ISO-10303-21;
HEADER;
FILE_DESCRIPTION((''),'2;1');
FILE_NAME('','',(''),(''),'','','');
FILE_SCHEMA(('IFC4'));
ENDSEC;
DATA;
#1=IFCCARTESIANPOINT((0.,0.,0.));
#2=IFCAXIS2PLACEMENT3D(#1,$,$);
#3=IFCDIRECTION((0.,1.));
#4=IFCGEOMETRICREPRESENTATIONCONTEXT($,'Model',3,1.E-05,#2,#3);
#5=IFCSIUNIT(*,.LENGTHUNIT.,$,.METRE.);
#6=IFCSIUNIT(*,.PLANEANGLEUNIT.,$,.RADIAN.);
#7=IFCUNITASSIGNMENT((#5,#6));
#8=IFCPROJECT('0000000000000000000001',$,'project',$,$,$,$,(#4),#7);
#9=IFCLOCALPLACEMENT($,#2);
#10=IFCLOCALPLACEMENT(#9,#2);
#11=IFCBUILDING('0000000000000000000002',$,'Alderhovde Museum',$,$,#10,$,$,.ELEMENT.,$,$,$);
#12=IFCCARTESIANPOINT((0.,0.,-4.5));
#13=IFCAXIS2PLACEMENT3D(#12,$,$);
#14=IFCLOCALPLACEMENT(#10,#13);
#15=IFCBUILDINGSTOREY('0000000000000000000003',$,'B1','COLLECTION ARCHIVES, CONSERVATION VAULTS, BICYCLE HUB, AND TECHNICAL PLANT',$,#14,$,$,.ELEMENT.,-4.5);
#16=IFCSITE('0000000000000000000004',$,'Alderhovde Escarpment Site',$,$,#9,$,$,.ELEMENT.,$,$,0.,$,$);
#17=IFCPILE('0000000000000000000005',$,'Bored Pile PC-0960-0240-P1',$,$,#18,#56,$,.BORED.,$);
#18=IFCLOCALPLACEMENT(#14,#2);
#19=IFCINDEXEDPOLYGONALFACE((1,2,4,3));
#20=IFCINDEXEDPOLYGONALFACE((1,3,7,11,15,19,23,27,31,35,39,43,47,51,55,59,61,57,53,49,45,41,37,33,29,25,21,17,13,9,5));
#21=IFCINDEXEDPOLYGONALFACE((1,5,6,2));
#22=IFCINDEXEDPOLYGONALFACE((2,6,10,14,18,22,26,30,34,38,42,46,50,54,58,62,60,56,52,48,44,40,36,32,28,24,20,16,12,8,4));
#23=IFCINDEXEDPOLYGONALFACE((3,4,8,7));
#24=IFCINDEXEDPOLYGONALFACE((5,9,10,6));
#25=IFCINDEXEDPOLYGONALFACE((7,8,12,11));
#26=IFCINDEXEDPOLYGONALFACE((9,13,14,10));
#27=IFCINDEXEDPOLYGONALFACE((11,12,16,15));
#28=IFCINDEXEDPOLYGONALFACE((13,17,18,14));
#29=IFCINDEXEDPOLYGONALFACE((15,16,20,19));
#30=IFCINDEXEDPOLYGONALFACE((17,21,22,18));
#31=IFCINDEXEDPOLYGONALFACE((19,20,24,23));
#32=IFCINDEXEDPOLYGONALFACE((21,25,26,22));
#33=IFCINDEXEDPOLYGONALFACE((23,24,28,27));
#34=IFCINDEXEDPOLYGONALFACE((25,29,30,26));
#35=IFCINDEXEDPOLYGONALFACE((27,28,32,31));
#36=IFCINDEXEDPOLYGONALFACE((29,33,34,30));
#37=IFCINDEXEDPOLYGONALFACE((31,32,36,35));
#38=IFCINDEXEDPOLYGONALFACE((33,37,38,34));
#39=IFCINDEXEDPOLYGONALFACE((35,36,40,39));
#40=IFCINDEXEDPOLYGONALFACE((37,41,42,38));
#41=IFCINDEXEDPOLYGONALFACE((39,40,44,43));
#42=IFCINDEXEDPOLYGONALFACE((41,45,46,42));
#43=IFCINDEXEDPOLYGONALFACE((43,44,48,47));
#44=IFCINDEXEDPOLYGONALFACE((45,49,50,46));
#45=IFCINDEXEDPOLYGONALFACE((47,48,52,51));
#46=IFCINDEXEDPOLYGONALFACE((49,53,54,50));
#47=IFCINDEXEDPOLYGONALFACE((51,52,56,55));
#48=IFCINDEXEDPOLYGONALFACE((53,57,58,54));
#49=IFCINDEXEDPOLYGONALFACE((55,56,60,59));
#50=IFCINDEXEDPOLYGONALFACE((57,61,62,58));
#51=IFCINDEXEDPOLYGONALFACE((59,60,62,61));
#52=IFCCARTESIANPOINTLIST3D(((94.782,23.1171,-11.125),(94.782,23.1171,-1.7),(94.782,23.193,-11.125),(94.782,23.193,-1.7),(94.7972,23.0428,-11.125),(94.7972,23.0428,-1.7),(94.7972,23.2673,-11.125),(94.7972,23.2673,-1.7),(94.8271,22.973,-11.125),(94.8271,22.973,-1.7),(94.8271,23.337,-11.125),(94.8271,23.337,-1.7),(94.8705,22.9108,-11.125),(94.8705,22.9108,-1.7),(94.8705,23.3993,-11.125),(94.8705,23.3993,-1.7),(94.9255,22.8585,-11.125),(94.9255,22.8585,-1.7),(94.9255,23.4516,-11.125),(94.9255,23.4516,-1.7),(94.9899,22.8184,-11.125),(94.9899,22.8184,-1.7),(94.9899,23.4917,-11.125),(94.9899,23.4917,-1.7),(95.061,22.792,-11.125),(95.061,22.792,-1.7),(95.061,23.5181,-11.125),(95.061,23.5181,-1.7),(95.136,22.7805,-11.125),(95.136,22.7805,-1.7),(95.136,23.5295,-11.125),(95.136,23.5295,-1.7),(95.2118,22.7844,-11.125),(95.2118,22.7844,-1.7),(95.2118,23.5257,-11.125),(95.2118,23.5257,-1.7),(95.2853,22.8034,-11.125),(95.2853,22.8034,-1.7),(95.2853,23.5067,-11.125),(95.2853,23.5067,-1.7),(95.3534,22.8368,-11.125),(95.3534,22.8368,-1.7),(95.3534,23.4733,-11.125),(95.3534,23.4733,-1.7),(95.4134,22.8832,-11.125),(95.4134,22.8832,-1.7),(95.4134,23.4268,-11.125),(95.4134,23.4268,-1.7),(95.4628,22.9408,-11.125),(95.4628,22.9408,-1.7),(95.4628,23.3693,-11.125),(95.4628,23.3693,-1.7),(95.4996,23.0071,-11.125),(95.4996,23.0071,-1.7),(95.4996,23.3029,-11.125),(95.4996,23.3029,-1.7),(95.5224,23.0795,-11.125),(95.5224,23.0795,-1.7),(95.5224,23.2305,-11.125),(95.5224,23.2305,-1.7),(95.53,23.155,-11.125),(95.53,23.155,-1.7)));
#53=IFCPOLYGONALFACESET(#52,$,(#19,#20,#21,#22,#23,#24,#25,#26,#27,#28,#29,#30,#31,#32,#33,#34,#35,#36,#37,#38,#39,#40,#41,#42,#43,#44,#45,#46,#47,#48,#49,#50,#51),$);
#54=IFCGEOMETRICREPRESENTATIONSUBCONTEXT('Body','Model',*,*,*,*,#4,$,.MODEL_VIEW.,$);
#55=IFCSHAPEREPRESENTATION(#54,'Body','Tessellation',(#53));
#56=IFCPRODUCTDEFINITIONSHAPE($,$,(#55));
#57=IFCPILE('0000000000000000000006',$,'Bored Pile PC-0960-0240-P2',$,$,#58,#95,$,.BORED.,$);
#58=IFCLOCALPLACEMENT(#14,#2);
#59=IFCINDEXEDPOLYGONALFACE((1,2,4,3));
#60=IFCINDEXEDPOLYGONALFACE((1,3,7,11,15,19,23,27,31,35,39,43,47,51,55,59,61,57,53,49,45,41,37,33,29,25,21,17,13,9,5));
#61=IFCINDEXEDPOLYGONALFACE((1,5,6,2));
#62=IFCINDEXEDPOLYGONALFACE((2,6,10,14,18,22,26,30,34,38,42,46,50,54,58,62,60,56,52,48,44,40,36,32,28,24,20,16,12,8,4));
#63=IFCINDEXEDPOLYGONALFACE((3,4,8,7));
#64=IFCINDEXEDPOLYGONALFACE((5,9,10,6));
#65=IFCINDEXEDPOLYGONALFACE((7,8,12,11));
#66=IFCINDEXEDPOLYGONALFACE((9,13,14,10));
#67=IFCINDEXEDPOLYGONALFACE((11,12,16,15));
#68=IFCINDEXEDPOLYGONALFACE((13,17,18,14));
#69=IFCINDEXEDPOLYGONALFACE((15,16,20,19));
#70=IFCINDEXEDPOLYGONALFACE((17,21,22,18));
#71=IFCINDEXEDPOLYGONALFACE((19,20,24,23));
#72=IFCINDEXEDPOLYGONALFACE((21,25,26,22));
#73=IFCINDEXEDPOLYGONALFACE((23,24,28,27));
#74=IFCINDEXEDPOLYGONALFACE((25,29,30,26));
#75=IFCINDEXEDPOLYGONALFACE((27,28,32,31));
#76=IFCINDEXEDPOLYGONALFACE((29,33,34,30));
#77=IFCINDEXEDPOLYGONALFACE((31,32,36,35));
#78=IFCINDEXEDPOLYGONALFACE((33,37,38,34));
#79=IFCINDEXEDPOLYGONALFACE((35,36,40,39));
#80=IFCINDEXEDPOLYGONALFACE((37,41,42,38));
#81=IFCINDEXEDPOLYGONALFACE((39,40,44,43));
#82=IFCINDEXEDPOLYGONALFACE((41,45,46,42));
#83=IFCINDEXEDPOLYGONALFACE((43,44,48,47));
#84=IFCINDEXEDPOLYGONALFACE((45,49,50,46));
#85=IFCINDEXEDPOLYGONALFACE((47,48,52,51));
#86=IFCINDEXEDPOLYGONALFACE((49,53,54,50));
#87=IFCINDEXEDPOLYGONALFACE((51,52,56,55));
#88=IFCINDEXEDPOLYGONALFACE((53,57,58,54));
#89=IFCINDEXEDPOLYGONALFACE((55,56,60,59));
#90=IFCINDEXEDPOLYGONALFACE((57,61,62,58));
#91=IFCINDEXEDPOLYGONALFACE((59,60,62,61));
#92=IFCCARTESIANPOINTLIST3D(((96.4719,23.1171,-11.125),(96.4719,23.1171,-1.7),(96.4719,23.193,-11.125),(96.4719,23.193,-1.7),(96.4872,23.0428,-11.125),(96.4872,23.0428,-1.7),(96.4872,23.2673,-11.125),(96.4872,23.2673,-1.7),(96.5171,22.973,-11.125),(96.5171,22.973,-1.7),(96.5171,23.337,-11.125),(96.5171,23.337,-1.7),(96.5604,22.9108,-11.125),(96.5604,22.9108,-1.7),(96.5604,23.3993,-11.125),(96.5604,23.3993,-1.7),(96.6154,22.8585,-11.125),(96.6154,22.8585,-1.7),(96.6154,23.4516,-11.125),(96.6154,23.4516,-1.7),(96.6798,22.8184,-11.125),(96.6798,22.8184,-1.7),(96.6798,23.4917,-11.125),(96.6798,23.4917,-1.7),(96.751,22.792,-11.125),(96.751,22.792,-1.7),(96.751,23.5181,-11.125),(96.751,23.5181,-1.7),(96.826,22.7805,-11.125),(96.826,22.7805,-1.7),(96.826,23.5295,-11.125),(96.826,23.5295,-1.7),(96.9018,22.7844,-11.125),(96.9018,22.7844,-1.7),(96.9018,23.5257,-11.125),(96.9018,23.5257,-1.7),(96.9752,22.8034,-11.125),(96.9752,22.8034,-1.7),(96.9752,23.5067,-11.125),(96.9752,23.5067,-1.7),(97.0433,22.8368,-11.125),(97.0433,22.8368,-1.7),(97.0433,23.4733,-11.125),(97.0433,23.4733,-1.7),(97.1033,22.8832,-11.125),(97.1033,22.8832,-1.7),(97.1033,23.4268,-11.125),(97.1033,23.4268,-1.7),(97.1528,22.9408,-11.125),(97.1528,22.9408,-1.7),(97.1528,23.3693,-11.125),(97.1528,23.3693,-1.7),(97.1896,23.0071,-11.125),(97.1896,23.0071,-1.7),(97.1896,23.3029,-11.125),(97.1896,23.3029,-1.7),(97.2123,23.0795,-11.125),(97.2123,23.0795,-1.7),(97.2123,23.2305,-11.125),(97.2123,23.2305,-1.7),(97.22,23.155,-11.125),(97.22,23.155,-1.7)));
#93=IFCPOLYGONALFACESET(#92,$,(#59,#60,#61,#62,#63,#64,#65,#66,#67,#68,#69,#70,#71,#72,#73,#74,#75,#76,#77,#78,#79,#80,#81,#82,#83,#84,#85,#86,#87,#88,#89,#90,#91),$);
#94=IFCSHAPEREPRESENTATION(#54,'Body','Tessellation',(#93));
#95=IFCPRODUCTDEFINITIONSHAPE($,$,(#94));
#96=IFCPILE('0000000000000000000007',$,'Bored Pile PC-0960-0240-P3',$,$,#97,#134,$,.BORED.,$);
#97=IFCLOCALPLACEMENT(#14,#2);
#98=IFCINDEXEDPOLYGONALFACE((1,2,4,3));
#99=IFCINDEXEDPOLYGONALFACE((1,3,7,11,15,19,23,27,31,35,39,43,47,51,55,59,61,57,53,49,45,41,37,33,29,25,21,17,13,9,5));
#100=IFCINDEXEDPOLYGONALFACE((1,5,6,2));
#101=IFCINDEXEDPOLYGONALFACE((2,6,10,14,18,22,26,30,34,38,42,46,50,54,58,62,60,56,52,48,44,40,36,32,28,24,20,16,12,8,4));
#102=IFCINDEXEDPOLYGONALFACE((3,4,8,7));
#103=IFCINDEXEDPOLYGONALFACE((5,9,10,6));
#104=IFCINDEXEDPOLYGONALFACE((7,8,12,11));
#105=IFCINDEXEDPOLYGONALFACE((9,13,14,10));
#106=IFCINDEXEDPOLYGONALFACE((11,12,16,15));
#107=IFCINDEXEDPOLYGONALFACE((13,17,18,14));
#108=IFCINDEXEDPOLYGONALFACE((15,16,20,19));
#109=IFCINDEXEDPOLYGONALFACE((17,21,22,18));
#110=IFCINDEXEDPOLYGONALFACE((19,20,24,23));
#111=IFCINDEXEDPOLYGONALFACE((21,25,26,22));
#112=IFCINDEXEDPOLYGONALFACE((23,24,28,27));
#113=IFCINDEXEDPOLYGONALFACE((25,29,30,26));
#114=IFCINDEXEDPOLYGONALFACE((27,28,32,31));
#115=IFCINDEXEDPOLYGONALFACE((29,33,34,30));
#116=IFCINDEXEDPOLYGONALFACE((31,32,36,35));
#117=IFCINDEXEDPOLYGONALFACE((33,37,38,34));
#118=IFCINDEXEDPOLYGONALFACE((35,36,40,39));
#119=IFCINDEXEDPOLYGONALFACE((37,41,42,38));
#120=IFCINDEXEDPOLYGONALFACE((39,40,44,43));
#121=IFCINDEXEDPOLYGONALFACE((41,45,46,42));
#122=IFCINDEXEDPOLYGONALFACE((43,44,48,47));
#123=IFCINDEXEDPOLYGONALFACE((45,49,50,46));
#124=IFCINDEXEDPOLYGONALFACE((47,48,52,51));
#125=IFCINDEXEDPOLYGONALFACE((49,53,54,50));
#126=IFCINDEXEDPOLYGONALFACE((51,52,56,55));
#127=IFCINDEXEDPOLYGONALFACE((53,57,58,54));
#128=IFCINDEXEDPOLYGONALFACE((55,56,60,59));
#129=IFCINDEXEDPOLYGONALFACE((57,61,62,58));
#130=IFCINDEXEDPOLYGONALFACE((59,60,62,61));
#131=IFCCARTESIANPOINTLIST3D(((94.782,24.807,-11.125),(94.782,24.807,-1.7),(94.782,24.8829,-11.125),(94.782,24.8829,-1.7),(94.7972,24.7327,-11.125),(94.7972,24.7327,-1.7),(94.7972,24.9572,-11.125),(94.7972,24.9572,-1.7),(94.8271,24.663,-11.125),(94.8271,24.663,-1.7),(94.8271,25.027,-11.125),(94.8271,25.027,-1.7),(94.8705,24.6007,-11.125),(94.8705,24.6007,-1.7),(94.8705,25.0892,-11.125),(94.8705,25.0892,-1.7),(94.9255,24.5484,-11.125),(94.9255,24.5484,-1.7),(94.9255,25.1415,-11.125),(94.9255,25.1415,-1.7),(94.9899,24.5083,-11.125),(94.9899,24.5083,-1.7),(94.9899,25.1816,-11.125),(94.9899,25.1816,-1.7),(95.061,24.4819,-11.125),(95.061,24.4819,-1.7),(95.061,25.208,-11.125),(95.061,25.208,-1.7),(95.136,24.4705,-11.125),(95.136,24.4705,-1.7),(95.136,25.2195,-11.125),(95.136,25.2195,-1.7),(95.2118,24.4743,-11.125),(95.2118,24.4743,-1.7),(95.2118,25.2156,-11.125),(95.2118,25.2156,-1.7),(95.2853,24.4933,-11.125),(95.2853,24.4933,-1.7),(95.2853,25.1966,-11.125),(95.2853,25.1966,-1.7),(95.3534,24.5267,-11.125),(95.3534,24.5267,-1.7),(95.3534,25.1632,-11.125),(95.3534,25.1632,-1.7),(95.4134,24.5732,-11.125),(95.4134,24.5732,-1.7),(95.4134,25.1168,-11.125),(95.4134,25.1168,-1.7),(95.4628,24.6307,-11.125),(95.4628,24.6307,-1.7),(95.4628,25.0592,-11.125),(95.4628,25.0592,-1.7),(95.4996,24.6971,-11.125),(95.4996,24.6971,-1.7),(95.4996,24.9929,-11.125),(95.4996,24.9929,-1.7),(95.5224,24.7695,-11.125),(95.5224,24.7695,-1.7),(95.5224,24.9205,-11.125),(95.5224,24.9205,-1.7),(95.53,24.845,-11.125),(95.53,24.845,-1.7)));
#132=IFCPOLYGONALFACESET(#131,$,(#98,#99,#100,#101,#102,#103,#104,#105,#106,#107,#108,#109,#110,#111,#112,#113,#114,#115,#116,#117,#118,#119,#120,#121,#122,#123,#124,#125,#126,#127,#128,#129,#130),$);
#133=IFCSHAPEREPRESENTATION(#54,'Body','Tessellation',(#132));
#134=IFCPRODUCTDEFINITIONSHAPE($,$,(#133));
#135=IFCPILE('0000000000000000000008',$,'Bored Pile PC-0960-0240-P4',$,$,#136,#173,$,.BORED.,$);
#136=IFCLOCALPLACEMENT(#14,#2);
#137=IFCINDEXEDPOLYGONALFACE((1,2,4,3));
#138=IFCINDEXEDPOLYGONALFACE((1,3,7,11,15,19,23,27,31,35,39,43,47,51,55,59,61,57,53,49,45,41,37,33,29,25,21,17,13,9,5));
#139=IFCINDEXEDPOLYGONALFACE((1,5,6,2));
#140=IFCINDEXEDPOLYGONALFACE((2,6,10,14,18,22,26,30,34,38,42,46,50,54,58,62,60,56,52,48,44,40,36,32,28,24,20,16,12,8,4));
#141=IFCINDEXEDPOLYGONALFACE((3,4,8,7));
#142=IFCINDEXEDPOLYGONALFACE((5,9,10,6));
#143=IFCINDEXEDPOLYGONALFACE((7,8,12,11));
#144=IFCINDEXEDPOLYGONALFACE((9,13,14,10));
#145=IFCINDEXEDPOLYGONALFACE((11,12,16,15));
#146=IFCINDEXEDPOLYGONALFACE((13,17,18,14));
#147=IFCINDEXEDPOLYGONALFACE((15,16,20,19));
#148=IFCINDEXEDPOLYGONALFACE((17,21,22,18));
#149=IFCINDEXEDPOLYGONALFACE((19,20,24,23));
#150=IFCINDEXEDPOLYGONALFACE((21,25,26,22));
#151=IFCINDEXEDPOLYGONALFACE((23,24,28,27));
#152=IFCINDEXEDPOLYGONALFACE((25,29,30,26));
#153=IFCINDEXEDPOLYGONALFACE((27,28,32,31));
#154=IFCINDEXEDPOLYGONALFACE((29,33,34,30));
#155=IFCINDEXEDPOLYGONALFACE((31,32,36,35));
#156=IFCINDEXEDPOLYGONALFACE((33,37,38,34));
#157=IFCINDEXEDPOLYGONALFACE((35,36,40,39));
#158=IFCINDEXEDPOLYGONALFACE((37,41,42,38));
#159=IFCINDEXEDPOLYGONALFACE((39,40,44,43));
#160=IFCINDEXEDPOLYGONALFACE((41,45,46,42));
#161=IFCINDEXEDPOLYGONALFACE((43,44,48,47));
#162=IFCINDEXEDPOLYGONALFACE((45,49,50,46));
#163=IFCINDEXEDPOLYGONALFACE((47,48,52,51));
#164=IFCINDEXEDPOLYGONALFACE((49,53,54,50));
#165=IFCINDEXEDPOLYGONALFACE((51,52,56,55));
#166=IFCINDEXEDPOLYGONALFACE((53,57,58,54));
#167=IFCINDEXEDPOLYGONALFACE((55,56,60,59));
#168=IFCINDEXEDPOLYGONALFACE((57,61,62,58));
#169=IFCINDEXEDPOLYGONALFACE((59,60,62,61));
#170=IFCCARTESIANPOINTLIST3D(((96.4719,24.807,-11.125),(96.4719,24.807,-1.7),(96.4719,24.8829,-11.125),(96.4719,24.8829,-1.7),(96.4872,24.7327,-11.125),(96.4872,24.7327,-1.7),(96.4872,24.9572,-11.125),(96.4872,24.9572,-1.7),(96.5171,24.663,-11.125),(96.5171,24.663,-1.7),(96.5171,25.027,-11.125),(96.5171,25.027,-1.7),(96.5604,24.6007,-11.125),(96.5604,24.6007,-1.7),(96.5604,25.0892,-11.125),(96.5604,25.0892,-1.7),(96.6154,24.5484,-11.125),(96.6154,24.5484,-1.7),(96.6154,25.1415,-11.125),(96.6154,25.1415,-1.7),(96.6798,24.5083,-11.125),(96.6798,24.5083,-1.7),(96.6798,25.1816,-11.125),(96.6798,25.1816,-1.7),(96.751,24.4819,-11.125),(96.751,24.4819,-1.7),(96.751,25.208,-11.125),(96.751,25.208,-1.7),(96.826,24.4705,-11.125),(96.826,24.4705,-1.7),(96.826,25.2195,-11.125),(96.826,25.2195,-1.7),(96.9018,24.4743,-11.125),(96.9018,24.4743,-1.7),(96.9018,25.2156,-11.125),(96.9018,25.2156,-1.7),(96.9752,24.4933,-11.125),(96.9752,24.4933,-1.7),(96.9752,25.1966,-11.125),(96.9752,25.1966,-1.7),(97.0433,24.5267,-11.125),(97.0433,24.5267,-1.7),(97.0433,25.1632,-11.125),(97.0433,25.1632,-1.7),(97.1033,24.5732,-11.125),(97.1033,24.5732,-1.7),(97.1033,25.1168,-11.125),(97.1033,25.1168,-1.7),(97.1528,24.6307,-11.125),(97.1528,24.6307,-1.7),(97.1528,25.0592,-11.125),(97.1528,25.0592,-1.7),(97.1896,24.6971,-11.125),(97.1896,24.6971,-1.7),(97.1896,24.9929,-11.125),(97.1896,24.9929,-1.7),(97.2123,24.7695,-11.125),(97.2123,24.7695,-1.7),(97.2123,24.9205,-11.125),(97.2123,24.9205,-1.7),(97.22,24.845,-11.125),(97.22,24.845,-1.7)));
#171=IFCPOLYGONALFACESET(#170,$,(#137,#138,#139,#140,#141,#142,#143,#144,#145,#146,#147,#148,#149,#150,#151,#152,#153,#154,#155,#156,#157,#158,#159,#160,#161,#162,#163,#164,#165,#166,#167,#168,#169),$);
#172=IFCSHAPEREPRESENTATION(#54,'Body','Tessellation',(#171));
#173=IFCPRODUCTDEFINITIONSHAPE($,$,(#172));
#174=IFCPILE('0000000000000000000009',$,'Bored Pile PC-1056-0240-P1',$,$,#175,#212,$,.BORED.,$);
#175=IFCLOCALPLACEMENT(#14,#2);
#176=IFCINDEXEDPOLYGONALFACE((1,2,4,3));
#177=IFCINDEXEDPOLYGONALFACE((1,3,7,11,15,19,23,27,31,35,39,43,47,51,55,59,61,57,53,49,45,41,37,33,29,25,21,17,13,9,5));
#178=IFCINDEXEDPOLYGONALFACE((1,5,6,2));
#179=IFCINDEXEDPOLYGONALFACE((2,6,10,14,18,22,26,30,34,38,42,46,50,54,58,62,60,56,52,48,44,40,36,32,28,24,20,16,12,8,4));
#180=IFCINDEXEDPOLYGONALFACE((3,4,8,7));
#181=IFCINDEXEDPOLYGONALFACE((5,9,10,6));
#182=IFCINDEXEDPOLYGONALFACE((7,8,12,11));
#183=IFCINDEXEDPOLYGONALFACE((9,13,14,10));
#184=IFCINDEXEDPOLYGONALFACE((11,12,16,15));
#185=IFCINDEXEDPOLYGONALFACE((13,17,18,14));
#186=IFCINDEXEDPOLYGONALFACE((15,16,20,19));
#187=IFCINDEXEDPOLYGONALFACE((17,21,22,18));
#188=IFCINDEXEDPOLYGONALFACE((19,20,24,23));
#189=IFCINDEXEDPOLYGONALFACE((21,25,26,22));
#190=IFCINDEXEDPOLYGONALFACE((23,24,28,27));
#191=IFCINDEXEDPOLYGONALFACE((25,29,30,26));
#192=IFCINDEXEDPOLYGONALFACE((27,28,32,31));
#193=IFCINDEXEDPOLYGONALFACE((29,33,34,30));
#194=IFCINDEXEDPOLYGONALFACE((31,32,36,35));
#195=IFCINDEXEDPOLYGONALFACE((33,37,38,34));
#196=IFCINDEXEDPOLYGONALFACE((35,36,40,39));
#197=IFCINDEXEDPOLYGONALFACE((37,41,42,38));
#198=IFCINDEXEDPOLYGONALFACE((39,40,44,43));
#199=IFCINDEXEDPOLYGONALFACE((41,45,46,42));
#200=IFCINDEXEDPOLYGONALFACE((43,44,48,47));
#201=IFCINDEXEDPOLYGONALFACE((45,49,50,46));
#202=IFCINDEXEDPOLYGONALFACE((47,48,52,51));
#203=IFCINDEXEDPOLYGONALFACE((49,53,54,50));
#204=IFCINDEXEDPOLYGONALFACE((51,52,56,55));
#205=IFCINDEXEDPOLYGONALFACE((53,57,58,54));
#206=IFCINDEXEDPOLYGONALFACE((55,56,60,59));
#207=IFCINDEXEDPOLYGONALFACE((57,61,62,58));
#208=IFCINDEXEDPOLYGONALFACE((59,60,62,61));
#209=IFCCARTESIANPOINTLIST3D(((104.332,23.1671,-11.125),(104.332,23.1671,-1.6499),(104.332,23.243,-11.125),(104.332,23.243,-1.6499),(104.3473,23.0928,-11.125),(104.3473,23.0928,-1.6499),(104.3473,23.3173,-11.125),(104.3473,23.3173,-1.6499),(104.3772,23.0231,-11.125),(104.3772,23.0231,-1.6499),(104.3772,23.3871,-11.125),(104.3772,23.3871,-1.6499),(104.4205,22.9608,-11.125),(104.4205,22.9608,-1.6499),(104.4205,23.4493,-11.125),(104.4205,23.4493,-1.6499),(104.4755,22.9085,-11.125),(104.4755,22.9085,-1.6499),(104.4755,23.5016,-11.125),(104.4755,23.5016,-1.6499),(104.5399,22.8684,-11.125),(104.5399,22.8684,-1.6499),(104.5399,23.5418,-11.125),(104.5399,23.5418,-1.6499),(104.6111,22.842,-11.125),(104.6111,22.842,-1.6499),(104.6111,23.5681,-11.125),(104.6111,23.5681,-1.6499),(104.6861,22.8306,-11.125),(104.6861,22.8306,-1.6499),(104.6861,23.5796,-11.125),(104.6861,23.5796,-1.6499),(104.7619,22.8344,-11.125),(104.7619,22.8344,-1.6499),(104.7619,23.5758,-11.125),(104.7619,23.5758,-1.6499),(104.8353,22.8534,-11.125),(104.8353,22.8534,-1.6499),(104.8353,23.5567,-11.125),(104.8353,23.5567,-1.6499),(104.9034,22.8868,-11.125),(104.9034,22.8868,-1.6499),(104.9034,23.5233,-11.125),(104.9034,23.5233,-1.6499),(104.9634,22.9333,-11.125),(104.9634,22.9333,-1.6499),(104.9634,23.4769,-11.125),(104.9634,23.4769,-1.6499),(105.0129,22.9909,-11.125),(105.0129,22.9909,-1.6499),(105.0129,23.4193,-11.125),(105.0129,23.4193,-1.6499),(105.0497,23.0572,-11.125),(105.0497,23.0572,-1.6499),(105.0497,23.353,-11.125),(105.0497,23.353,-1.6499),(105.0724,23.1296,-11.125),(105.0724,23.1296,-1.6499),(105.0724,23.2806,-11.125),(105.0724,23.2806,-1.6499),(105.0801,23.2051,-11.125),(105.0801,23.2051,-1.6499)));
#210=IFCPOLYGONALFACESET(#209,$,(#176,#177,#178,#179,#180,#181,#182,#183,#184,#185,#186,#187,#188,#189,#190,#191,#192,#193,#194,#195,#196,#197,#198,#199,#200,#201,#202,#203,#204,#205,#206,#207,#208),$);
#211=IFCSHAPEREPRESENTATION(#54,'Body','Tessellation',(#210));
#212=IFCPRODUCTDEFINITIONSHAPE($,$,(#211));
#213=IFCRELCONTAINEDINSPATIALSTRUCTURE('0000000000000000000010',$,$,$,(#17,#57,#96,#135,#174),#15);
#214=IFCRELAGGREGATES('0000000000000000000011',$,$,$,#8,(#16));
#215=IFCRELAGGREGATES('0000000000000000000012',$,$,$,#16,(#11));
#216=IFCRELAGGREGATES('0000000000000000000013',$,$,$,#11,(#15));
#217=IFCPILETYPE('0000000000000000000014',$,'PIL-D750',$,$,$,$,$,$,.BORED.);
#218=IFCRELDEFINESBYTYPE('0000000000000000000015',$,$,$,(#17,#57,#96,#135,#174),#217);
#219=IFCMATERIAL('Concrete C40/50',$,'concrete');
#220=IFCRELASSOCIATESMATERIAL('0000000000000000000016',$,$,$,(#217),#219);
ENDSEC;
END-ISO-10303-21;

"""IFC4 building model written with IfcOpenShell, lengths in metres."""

from ifc_helpers import new_model, si_unit, direction, frame, origin, origin_2d, place, context, subcontext, project, spatial, circle, extrude, material, material_profile, profile_set, type_object, element, save


model = new_model("IFC4")

# Units and contexts
model_context = context("Model", 3, precision=1e-05, world=origin(), true_north=direction((0.0, 1.0)))
body_context = subcontext(model_context, "Body", "Model", "MODEL_VIEW")
ifc_project = project(units=[si_unit("LENGTHUNIT", "METRE"), si_unit("PLANEANGLEUNIT", "RADIAN")], contexts=[model_context])

# Site, building, storey
site_placement = place(None, origin())
site = spatial("IfcSite", under=ifc_project, at=site_placement, Name="Alderhovde Escarpment Site", CompositionType="ELEMENT", RefElevation=0.0)
building_placement = place(site_placement, origin())
building = spatial("IfcBuilding", under=site, at=building_placement, Name="Alderhovde Museum", CompositionType="ELEMENT")
storey_placement = place(building_placement, frame((0.0, 0.0, -4.5)))
storey = spatial("IfcBuildingStorey", under=building, at=storey_placement, Name="B1", Description="COLLECTION ARCHIVES, CONSERVATION VAULTS, BICYCLE HUB, AND TECHNICAL PLANT", CompositionType="ELEMENT", Elevation=-4.5)

# Piles
ifc_material_1 = material(Name="Concrete C40/50", Category="concrete")
ifc_material_profile_1 = material_profile(ifc_material_1, circle(Radius=0.375, at=origin_2d()), Name="PILE-D750")
ifc_profile_set_1 = profile_set([ifc_material_profile_1], Name="Concrete C40/50")
pile_type_1 = type_object("IfcPileType", Name="PIL-D750", PredefinedType="BORED", material=ifc_profile_set_1)
for number, where, z_axis, x_axis, name in (
    (1, (95.155, 23.155, -1.7), (0.0, 0.0, -1.0), (1.0, 0.0, 0.0), "Bored Pile PC-0960-0240-P1"),
    (2, (96.845, 23.155, -1.7), (0.0, 0.0, -1.0), (1.0, 0.0, 0.0), "Bored Pile PC-0960-0240-P2"),
    (3, (95.155, 24.845, -1.7), (0.0, 0.0, -1.0), (1.0, 0.0, 0.0), "Bored Pile PC-0960-0240-P3"),
    (4, (96.845, 24.845, -1.7), (0.0, 0.0, -1.0), (1.0, 0.0, 0.0), "Bored Pile PC-0960-0240-P4"),
):
    element("IfcPile", number, at=place(storey_placement, frame(where, z_axis=z_axis, x_axis=x_axis)), inside=storey, type_object=pile_type_1, Name=name, PredefinedType="BORED", context=body_context, shape_type="SweptSolid", body=[
        extrude(circle(Radius=0.375, at=origin_2d()), origin(), (0.0, 0.0, 1.0), 9.425),
    ])
for number, where, z_axis, x_axis, name in (
    (5, (104.7051, 23.2051, -1.6499), (0.0, 0.0, -1.0), (1.0, 0.0, 0.0), "Bored Pile PC-1056-0240-P1"),
):
    element("IfcPile", number, at=place(storey_placement, frame(where, z_axis=z_axis, x_axis=x_axis)), inside=storey, type_object=pile_type_1, Name=name, PredefinedType="BORED", context=body_context, shape_type="SweptSolid", body=[
        extrude(circle(Radius=0.375, at=origin_2d()), origin(), (0.0, 0.0, 1.0), 9.4751),
    ])

save(model, "model.ifc")
